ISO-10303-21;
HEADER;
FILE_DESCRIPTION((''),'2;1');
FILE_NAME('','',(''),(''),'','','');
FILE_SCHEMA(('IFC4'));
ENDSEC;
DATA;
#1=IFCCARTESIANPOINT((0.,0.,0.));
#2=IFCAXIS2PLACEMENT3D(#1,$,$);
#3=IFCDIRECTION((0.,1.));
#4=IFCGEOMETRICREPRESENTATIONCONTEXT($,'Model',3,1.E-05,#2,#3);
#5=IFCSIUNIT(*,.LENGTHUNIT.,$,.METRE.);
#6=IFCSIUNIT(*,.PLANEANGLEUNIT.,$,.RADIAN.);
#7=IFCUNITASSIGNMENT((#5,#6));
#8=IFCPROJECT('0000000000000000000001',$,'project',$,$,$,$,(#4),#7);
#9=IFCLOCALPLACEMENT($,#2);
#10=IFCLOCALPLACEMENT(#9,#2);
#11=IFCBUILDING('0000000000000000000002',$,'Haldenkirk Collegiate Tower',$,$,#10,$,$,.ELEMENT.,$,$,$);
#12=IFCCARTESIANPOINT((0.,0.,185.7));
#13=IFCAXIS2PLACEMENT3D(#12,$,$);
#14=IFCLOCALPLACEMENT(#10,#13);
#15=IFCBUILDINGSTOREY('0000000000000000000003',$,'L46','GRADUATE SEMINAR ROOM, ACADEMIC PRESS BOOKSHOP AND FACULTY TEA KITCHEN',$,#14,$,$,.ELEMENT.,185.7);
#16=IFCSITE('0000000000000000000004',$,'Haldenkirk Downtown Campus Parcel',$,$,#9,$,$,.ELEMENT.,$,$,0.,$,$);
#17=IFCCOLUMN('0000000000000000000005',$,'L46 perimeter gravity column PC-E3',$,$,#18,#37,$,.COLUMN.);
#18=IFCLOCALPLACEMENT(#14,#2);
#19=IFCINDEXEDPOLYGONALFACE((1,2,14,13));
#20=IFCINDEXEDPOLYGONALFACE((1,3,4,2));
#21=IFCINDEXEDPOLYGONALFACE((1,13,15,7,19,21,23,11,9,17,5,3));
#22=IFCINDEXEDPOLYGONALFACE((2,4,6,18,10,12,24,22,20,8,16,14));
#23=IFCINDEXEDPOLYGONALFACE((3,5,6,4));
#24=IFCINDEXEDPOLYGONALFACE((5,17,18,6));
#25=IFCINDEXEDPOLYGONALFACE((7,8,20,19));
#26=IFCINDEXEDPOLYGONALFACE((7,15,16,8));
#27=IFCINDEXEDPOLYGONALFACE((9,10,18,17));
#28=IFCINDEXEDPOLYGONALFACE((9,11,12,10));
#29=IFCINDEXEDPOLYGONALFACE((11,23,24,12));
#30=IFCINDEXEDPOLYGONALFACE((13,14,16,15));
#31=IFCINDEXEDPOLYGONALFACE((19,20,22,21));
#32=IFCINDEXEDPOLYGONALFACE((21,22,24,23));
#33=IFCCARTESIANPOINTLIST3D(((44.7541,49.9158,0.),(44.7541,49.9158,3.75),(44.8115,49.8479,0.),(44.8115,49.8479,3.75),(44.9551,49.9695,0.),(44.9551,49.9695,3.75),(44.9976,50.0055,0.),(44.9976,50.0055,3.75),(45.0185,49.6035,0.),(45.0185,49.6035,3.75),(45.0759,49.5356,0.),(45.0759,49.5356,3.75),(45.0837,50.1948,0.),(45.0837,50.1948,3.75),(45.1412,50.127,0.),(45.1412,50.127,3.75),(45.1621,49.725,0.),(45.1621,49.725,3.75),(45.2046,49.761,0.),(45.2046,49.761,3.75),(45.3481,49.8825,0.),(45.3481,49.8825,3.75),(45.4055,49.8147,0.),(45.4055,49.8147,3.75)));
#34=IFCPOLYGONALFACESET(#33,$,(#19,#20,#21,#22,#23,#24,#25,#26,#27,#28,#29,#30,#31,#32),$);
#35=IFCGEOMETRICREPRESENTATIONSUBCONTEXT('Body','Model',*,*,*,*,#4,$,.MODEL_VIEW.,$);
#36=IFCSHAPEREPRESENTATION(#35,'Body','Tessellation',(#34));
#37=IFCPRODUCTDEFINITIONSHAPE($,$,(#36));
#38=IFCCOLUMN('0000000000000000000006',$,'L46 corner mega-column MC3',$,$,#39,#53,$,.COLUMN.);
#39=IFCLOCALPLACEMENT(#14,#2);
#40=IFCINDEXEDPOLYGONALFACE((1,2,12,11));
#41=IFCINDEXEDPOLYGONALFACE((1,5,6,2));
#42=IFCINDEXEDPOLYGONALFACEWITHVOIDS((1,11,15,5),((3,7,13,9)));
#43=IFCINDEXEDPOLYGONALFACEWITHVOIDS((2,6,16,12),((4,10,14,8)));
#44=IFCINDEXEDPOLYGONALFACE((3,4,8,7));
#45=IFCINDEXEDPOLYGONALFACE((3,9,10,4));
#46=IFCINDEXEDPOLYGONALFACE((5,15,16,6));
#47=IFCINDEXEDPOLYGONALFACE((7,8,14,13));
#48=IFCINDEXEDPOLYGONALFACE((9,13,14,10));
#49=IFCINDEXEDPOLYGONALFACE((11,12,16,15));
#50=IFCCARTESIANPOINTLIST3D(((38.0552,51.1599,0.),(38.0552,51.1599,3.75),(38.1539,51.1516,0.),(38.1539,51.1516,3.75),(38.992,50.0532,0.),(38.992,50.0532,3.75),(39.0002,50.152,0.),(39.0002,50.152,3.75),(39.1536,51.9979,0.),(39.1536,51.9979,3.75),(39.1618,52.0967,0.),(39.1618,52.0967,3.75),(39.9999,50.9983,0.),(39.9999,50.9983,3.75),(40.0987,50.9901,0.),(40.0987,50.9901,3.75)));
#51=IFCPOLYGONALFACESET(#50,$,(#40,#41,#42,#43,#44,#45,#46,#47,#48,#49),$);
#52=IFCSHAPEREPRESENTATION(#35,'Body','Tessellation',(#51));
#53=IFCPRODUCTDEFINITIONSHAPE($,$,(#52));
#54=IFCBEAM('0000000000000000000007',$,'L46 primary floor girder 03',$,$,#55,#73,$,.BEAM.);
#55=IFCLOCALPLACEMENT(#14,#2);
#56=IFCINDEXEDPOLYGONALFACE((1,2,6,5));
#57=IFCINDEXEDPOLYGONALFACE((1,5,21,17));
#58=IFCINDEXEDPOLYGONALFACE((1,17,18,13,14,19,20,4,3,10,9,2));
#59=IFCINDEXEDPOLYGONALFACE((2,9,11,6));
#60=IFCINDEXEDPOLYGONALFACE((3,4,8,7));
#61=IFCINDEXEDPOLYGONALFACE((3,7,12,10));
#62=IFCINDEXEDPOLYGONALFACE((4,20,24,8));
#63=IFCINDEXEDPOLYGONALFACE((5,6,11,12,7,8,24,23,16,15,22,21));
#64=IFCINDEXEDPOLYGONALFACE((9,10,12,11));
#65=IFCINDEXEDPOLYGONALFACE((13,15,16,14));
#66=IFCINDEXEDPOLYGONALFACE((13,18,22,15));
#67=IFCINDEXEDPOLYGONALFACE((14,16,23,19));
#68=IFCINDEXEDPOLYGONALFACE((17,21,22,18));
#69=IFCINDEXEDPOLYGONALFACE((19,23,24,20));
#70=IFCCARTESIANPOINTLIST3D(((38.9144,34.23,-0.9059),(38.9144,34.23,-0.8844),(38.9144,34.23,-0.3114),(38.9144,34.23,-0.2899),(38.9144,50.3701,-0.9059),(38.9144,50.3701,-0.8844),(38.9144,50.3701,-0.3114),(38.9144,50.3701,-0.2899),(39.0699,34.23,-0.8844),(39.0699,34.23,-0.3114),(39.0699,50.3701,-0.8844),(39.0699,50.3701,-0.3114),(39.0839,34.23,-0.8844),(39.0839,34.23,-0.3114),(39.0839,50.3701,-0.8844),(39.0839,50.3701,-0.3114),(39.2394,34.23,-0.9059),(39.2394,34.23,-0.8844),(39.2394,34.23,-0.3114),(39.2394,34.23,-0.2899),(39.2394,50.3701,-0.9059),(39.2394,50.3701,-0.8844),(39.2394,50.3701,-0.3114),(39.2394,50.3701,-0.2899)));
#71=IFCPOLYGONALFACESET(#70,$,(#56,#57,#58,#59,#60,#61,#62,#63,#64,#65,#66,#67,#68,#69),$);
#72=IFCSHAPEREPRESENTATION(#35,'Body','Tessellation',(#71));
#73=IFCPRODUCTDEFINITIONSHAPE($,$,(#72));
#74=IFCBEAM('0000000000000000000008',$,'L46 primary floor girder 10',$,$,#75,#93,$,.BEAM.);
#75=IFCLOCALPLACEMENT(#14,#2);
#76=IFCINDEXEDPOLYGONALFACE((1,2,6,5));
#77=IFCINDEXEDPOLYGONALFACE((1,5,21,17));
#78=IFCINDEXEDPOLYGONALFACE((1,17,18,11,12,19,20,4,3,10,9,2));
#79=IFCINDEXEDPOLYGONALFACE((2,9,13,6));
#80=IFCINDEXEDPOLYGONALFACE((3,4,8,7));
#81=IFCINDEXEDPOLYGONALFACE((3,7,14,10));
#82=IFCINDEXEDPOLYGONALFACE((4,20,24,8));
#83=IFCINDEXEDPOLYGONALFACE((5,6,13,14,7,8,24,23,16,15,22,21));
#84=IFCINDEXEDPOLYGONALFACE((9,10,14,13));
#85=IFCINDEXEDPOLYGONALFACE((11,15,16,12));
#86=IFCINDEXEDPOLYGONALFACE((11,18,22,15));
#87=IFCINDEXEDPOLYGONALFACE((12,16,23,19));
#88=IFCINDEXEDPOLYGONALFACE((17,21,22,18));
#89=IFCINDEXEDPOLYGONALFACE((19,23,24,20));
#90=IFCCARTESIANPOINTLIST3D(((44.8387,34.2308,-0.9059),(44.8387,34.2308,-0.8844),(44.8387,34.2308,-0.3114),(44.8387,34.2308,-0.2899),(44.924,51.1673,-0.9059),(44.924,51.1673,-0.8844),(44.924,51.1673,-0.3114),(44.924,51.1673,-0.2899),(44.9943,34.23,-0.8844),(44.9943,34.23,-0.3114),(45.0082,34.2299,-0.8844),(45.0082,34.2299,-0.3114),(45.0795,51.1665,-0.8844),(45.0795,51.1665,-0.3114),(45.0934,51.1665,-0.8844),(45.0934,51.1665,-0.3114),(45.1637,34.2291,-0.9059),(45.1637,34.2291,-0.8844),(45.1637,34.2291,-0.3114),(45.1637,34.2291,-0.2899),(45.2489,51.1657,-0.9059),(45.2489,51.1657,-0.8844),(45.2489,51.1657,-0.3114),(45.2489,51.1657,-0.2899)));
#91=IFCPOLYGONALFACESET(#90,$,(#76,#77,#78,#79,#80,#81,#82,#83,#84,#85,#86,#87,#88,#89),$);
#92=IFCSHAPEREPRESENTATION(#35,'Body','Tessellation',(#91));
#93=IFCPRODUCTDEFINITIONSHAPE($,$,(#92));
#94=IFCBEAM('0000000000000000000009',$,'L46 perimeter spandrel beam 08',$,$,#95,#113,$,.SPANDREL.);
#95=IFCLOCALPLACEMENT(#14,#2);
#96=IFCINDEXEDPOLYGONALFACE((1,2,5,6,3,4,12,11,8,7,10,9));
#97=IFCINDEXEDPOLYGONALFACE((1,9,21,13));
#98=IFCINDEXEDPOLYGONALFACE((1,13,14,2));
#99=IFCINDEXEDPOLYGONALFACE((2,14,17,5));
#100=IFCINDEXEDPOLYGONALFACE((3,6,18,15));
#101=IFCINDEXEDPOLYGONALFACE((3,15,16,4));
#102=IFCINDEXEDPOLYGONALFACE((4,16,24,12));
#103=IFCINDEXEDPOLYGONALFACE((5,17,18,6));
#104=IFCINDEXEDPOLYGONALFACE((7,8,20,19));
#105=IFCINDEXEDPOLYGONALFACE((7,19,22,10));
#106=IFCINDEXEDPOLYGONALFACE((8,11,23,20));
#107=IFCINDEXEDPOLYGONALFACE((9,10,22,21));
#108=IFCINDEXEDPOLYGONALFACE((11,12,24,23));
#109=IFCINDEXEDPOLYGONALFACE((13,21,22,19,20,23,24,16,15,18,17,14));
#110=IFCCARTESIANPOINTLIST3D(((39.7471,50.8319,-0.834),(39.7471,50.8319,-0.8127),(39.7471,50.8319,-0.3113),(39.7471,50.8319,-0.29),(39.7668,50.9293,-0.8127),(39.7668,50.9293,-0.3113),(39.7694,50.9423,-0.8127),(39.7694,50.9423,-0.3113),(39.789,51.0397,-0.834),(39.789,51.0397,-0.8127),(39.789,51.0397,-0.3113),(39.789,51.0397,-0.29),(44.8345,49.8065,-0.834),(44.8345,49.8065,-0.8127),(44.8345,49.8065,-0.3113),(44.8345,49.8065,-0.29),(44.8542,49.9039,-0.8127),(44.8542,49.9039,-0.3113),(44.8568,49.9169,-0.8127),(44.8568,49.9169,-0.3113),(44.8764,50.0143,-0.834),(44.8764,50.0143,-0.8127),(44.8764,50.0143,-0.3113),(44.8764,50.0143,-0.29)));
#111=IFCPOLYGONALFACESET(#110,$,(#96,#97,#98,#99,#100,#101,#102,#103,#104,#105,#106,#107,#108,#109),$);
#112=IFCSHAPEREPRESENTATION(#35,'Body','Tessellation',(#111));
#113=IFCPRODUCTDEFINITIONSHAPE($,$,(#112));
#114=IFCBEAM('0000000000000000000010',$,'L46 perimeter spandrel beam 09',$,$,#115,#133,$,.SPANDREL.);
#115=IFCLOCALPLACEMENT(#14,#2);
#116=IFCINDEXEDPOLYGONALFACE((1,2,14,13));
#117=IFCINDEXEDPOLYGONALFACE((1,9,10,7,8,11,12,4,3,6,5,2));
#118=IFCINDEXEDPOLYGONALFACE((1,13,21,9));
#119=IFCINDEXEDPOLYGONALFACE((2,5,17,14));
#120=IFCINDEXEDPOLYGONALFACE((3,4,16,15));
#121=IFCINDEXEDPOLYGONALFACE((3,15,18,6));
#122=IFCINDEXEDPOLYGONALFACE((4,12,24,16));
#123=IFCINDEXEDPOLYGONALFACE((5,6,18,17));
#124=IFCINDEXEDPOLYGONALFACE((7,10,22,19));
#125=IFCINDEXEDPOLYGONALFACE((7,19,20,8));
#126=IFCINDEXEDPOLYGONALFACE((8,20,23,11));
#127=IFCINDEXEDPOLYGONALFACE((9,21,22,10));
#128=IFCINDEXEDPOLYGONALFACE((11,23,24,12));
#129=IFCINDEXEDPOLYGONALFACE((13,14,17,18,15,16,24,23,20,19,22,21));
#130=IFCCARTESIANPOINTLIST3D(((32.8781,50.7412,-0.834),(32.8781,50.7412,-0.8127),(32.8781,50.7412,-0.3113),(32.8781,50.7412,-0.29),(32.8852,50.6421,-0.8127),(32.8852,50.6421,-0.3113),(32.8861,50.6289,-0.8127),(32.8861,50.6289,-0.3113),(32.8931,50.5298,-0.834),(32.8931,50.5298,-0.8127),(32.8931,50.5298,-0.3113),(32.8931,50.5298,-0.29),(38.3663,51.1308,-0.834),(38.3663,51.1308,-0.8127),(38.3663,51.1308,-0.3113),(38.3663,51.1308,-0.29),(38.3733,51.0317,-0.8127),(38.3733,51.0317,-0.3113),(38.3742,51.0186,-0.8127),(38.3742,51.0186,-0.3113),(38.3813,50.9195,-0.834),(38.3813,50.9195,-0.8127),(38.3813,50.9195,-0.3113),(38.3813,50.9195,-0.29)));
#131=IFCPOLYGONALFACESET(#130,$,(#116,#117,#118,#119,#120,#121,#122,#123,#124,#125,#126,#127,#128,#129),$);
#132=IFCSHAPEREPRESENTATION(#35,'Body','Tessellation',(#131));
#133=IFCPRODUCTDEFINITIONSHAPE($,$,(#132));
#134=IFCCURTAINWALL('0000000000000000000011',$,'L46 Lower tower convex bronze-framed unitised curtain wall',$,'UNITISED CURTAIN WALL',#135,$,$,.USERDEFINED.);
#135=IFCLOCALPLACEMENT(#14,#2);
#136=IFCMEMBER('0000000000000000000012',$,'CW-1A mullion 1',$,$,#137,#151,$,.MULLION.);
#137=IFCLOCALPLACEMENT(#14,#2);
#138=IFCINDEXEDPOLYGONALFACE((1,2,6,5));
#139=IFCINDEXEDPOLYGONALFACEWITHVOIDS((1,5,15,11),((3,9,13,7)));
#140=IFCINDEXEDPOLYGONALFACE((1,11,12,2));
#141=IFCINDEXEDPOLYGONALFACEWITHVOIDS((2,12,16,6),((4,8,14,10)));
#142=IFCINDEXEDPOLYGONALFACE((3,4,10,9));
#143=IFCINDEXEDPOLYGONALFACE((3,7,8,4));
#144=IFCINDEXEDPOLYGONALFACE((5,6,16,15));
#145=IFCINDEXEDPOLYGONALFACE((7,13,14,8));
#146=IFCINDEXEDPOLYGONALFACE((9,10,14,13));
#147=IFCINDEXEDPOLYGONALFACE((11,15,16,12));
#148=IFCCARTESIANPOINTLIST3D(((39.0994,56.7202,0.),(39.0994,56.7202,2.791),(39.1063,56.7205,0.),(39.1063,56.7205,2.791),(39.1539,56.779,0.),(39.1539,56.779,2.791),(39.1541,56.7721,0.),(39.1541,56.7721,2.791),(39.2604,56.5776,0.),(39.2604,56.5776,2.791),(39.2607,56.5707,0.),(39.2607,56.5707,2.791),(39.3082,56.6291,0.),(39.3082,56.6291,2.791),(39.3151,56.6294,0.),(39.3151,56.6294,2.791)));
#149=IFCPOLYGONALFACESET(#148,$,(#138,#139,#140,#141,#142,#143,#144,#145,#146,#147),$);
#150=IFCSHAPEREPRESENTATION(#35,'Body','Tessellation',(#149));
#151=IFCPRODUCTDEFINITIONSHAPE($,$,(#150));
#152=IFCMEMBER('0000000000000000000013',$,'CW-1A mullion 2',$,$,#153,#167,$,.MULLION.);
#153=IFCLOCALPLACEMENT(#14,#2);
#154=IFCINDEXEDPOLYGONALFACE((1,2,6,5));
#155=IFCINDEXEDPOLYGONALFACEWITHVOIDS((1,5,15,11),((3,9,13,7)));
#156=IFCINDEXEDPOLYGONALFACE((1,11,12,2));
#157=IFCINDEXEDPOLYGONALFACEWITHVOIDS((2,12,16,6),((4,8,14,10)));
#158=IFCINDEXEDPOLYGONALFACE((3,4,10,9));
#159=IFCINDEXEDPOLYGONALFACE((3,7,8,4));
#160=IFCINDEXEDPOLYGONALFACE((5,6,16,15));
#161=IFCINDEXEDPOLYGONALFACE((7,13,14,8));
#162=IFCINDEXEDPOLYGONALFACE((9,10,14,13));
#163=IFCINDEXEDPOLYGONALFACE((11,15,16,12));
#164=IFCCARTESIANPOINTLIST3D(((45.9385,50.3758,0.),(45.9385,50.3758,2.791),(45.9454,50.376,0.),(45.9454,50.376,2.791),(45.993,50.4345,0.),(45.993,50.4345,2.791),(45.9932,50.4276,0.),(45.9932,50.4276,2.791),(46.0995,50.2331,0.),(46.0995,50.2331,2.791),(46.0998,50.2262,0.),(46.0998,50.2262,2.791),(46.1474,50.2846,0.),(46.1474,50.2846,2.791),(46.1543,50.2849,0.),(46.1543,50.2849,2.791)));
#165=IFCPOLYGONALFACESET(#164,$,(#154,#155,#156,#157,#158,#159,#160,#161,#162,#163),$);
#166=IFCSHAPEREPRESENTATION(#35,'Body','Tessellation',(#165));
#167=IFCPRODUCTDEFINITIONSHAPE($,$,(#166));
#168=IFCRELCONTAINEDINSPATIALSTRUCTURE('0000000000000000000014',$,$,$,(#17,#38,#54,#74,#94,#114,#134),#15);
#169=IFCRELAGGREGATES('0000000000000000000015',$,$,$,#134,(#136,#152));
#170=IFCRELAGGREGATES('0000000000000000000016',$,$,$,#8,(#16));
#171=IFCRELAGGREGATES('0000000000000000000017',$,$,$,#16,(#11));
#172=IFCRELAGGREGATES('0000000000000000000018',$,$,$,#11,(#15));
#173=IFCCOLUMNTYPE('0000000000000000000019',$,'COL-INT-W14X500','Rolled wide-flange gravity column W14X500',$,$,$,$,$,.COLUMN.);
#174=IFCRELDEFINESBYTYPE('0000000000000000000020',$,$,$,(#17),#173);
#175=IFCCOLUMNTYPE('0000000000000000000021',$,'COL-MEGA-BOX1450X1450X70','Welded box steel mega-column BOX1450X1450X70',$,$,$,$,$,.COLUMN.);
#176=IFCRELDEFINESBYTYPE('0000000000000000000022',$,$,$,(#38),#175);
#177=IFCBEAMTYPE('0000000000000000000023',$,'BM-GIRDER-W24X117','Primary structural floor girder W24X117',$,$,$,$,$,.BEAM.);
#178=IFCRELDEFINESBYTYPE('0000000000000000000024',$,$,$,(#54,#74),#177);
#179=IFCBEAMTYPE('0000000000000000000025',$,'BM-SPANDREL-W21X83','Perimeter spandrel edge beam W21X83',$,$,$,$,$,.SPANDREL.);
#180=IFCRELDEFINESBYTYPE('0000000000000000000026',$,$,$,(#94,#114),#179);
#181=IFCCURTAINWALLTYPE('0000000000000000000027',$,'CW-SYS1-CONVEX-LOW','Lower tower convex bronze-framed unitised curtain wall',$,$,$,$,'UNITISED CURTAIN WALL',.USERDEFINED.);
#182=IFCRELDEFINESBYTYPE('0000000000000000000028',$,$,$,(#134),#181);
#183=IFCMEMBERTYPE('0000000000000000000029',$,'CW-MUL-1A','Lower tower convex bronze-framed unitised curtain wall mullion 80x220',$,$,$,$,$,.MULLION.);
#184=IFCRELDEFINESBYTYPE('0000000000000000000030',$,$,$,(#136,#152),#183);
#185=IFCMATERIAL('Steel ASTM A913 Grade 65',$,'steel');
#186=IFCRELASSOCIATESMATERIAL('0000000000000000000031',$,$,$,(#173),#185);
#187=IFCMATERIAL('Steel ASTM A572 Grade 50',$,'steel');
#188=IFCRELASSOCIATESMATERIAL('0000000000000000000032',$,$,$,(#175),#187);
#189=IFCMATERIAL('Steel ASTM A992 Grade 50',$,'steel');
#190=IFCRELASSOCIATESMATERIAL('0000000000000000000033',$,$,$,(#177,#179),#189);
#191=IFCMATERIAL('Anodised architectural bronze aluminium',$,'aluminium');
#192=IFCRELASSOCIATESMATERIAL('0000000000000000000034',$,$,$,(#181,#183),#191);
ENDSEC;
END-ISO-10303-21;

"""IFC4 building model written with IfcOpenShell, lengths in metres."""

from ifc_helpers import new_model, si_unit, direction, frame, origin, origin_2d, place, context, subcontext, project, spatial, hollow_rectangle, i_section, extrude, material, material_profile, profile_set, type_object, element, aggregate, save


model = new_model("IFC4")

# Units and contexts
model_context = context("Model", 3, precision=1e-05, world=origin(), true_north=direction((0.0, 1.0)))
body_context = subcontext(model_context, "Body", "Model", "MODEL_VIEW")
ifc_project = project(units=[si_unit("LENGTHUNIT", "METRE"), si_unit("PLANEANGLEUNIT", "RADIAN")], contexts=[model_context])

# Site, building, storey
site_placement = place(None, origin())
site = spatial("IfcSite", under=ifc_project, at=site_placement, Name="Haldenkirk Downtown Campus Parcel", CompositionType="ELEMENT", RefElevation=0.0)
building_placement = place(site_placement, origin())
building = spatial("IfcBuilding", under=site, at=building_placement, Name="Haldenkirk Collegiate Tower", CompositionType="ELEMENT")
storey_placement = place(building_placement, frame((0.0, 0.0, 185.7)))
storey = spatial("IfcBuildingStorey", under=building, at=storey_placement, Name="L46", Description="GRADUATE SEMINAR ROOM, ACADEMIC PRESS BOOKSHOP AND FACULTY TEA KITCHEN", CompositionType="ELEMENT", Elevation=185.7)

# Columns
ifc_material_1 = material(Name="Steel ASTM A913 Grade 65", Category="steel")
ifc_material_profile_1 = material_profile(ifc_material_1, i_section(OverallWidth=0.4319, OverallDepth=0.498, WebThickness=0.0557, FlangeThickness=0.0889, at=origin_2d()), Name="W14X500")
ifc_profile_set_1 = profile_set([ifc_material_profile_1], Name="Steel ASTM A913 Grade 65")
column_type_1 = type_object("IfcColumnType", Name="COL-INT-W14X500", Description="Rolled wide-flange gravity column W14X500", PredefinedType="COLUMN", material=ifc_profile_set_1)
column_1_placement = place(storey_placement, frame((45.0798, 49.8652, 0.0), z_axis=(0.0, 0.0, 1.0), x_axis=(0.763232, 0.646124, 0.0)))
element("IfcColumn", 1, at=column_1_placement, inside=storey, type_object=column_type_1, Name="L46 perimeter gravity column PC-E3", PredefinedType="COLUMN", context=body_context, shape_type="SweptSolid", body=[
    extrude(i_section(OverallWidth=0.4319, OverallDepth=0.498, WebThickness=0.0557, FlangeThickness=0.0889, at=origin_2d()), origin(), (0.0, 0.0, 1.0), 3.75),
])
ifc_material_2 = material(Name="Steel ASTM A572 Grade 50", Category="steel")
ifc_material_profile_2 = material_profile(ifc_material_2, hollow_rectangle(XDim=1.45, YDim=1.45, WallThickness=0.0701, at=origin_2d()), Name="BOX1450X1450X70")
ifc_profile_set_2 = profile_set([ifc_material_profile_2], Name="Steel ASTM A572 Grade 50")
column_type_2 = type_object("IfcColumnType", Name="COL-MEGA-BOX1450X1450X70", Description="Welded box steel mega-column BOX1450X1450X70", PredefinedType="COLUMN", material=ifc_profile_set_2)
column_2_placement = place(storey_placement, frame((39.0769, 51.075, 0.0), z_axis=(0.0, 0.0, 1.0), x_axis=(0.763232, 0.646124, 0.0)))
element("IfcColumn", 2, at=column_2_placement, inside=storey, type_object=column_type_2, Name="L46 corner mega-column MC3", PredefinedType="COLUMN", context=body_context, shape_type="SweptSolid", body=[
    extrude(hollow_rectangle(XDim=1.45, YDim=1.45, WallThickness=0.0701, at=origin_2d()), origin(), (0.0, 0.0, 1.0), 3.75),
])

# Beams
ifc_material_3 = material(Name="Steel ASTM A992 Grade 50", Category="steel")
ifc_material_profile_3 = material_profile(ifc_material_3, i_section(OverallWidth=0.325, OverallDepth=0.616, WebThickness=0.0139, FlangeThickness=0.0215, at=origin_2d()), Name="W24X117")
ifc_profile_set_3 = profile_set([ifc_material_profile_3], Name="Steel ASTM A992 Grade 50")
beam_type_1 = type_object("IfcBeamType", Name="BM-GIRDER-W24X117", Description="Primary structural floor girder W24X117", PredefinedType="BEAM", material=ifc_profile_set_3)
beam_1_placement = place(storey_placement, frame((39.0769, 50.3701, -0.5979), z_axis=(0.0, -1.0, 0.0), x_axis=(1.0, 0.0, 0.0)))
element("IfcBeam", 3, at=beam_1_placement, inside=storey, type_object=beam_type_1, Name="L46 primary floor girder 03", PredefinedType="BEAM", context=body_context, shape_type="SweptSolid", body=[
    extrude(i_section(OverallWidth=0.325, OverallDepth=0.616, WebThickness=0.0139, FlangeThickness=0.0215, at=origin_2d()), origin(), (0.0, 0.0, 1.0), 16.1401),
])
beam_2_placement = place(storey_placement, frame((45.0864, 51.1665, -0.5979), z_axis=(-0.005031, -0.999987, 0.0), x_axis=(0.999987, -0.005031, 0.0)))
element("IfcBeam", 4, at=beam_2_placement, inside=storey, type_object=beam_type_1, Name="L46 primary floor girder 10", PredefinedType="BEAM", context=body_context, shape_type="SweptSolid", body=[
    extrude(i_section(OverallWidth=0.325, OverallDepth=0.616, WebThickness=0.0139, FlangeThickness=0.0215, at=origin_2d()), origin(), (0.0, 0.0, 1.0), 16.9368),
])
ifc_material_profile_4 = material_profile(ifc_material_3, i_section(OverallWidth=0.2119, OverallDepth=0.5439, WebThickness=0.0132, FlangeThickness=0.0212, at=origin_2d()), Name="W21X83")
ifc_profile_set_4 = profile_set([ifc_material_profile_4], Name="Steel ASTM A992 Grade 50")
beam_type_2 = type_object("IfcBeamType", Name="BM-SPANDREL-W21X83", Description="Perimeter spandrel edge beam W21X83", PredefinedType="SPANDREL", material=ifc_profile_set_4)
beam_3_placement = place(storey_placement, frame((44.8555, 49.9104, -0.562), z_axis=(-0.980286, 0.197581, 0.0), x_axis=(-0.197581, -0.980286, 0.0)))
element("IfcBeam", 5, at=beam_3_placement, inside=storey, type_object=beam_type_2, Name="L46 perimeter spandrel beam 08", PredefinedType="SPANDREL", context=body_context, shape_type="SweptSolid", body=[
    extrude(i_section(OverallWidth=0.2119, OverallDepth=0.5439, WebThickness=0.0132, FlangeThickness=0.0212, at=origin_2d()), origin(), (0.0, 0.0, 1.0), 5.1897),
])
beam_4_placement = place(storey_placement, frame((38.3738, 51.0251, -0.562), z_axis=(-0.997489, -0.070821, 0.0), x_axis=(0.070821, -0.997489, 0.0)))
element("IfcBeam", 6, at=beam_4_placement, inside=storey, type_object=beam_type_2, Name="L46 perimeter spandrel beam 09", PredefinedType="SPANDREL", context=body_context, shape_type="SweptSolid", body=[
    extrude(i_section(OverallWidth=0.2119, OverallDepth=0.5439, WebThickness=0.0132, FlangeThickness=0.0212, at=origin_2d()), origin(), (0.0, 0.0, 1.0), 5.502),
])

# Curtain wall, members
ifc_material_4 = material(Name="Anodised architectural bronze aluminium", Category="aluminium")
curtain_wall_type = type_object("IfcCurtainWallType", Name="CW-SYS1-CONVEX-LOW", Description="Lower tower convex bronze-framed unitised curtain wall", ElementType="UNITISED CURTAIN WALL", PredefinedType="USERDEFINED", material=ifc_material_4)
curtain_wall_placement = place(storey_placement, origin())
curtain_wall = element("IfcCurtainWall", 7, at=curtain_wall_placement, inside=storey, type_object=curtain_wall_type, Name="L46 Lower tower convex bronze-framed unitised curtain wall", ObjectType="UNITISED CURTAIN WALL", PredefinedType="USERDEFINED")
ifc_material_profile_5 = material_profile(ifc_material_4, hollow_rectangle(XDim=0.0801, YDim=0.22, WallThickness=0.0049, at=origin_2d()), Name="CW-MUL-1A")
ifc_profile_set_5 = profile_set([ifc_material_profile_5], Name="Anodised architectural bronze aluminium")
member_type_1 = type_object("IfcMemberType", Name="CW-MUL-1A", Description="Lower tower convex bronze-framed unitised curtain wall mullion 80x220", PredefinedType="MULLION", material=ifc_profile_set_5)
member_1_placement = place(storey_placement, frame((39.2073, 56.6748, 0.0), z_axis=(0.0, 0.0, 1.0), x_axis=(0.680079, 0.733139, 0.0)))
member_1 = element("IfcMember", 8, at=member_1_placement, type_object=member_type_1, Name="CW-1A mullion 1", PredefinedType="MULLION", context=body_context, shape_type="SweptSolid", body=[
    extrude(hollow_rectangle(XDim=0.0801, YDim=0.22, WallThickness=0.0049, at=origin_2d()), origin(), (0.0, 0.0, 1.0), 2.791),
])
member_2_placement = place(storey_placement, frame((46.0464, 50.3303, 0.0), z_axis=(0.0, 0.0, 1.0), x_axis=(0.680079, 0.733139, 0.0)))
member_2 = element("IfcMember", 9, at=member_2_placement, type_object=member_type_1, Name="CW-1A mullion 2", PredefinedType="MULLION", context=body_context, shape_type="SweptSolid", body=[
    extrude(hollow_rectangle(XDim=0.0801, YDim=0.22, WallThickness=0.0049, at=origin_2d()), origin(), (0.0, 0.0, 1.0), 2.791),
])
aggregate(curtain_wall, [member_1, member_2])

save(model, "model.ifc")
